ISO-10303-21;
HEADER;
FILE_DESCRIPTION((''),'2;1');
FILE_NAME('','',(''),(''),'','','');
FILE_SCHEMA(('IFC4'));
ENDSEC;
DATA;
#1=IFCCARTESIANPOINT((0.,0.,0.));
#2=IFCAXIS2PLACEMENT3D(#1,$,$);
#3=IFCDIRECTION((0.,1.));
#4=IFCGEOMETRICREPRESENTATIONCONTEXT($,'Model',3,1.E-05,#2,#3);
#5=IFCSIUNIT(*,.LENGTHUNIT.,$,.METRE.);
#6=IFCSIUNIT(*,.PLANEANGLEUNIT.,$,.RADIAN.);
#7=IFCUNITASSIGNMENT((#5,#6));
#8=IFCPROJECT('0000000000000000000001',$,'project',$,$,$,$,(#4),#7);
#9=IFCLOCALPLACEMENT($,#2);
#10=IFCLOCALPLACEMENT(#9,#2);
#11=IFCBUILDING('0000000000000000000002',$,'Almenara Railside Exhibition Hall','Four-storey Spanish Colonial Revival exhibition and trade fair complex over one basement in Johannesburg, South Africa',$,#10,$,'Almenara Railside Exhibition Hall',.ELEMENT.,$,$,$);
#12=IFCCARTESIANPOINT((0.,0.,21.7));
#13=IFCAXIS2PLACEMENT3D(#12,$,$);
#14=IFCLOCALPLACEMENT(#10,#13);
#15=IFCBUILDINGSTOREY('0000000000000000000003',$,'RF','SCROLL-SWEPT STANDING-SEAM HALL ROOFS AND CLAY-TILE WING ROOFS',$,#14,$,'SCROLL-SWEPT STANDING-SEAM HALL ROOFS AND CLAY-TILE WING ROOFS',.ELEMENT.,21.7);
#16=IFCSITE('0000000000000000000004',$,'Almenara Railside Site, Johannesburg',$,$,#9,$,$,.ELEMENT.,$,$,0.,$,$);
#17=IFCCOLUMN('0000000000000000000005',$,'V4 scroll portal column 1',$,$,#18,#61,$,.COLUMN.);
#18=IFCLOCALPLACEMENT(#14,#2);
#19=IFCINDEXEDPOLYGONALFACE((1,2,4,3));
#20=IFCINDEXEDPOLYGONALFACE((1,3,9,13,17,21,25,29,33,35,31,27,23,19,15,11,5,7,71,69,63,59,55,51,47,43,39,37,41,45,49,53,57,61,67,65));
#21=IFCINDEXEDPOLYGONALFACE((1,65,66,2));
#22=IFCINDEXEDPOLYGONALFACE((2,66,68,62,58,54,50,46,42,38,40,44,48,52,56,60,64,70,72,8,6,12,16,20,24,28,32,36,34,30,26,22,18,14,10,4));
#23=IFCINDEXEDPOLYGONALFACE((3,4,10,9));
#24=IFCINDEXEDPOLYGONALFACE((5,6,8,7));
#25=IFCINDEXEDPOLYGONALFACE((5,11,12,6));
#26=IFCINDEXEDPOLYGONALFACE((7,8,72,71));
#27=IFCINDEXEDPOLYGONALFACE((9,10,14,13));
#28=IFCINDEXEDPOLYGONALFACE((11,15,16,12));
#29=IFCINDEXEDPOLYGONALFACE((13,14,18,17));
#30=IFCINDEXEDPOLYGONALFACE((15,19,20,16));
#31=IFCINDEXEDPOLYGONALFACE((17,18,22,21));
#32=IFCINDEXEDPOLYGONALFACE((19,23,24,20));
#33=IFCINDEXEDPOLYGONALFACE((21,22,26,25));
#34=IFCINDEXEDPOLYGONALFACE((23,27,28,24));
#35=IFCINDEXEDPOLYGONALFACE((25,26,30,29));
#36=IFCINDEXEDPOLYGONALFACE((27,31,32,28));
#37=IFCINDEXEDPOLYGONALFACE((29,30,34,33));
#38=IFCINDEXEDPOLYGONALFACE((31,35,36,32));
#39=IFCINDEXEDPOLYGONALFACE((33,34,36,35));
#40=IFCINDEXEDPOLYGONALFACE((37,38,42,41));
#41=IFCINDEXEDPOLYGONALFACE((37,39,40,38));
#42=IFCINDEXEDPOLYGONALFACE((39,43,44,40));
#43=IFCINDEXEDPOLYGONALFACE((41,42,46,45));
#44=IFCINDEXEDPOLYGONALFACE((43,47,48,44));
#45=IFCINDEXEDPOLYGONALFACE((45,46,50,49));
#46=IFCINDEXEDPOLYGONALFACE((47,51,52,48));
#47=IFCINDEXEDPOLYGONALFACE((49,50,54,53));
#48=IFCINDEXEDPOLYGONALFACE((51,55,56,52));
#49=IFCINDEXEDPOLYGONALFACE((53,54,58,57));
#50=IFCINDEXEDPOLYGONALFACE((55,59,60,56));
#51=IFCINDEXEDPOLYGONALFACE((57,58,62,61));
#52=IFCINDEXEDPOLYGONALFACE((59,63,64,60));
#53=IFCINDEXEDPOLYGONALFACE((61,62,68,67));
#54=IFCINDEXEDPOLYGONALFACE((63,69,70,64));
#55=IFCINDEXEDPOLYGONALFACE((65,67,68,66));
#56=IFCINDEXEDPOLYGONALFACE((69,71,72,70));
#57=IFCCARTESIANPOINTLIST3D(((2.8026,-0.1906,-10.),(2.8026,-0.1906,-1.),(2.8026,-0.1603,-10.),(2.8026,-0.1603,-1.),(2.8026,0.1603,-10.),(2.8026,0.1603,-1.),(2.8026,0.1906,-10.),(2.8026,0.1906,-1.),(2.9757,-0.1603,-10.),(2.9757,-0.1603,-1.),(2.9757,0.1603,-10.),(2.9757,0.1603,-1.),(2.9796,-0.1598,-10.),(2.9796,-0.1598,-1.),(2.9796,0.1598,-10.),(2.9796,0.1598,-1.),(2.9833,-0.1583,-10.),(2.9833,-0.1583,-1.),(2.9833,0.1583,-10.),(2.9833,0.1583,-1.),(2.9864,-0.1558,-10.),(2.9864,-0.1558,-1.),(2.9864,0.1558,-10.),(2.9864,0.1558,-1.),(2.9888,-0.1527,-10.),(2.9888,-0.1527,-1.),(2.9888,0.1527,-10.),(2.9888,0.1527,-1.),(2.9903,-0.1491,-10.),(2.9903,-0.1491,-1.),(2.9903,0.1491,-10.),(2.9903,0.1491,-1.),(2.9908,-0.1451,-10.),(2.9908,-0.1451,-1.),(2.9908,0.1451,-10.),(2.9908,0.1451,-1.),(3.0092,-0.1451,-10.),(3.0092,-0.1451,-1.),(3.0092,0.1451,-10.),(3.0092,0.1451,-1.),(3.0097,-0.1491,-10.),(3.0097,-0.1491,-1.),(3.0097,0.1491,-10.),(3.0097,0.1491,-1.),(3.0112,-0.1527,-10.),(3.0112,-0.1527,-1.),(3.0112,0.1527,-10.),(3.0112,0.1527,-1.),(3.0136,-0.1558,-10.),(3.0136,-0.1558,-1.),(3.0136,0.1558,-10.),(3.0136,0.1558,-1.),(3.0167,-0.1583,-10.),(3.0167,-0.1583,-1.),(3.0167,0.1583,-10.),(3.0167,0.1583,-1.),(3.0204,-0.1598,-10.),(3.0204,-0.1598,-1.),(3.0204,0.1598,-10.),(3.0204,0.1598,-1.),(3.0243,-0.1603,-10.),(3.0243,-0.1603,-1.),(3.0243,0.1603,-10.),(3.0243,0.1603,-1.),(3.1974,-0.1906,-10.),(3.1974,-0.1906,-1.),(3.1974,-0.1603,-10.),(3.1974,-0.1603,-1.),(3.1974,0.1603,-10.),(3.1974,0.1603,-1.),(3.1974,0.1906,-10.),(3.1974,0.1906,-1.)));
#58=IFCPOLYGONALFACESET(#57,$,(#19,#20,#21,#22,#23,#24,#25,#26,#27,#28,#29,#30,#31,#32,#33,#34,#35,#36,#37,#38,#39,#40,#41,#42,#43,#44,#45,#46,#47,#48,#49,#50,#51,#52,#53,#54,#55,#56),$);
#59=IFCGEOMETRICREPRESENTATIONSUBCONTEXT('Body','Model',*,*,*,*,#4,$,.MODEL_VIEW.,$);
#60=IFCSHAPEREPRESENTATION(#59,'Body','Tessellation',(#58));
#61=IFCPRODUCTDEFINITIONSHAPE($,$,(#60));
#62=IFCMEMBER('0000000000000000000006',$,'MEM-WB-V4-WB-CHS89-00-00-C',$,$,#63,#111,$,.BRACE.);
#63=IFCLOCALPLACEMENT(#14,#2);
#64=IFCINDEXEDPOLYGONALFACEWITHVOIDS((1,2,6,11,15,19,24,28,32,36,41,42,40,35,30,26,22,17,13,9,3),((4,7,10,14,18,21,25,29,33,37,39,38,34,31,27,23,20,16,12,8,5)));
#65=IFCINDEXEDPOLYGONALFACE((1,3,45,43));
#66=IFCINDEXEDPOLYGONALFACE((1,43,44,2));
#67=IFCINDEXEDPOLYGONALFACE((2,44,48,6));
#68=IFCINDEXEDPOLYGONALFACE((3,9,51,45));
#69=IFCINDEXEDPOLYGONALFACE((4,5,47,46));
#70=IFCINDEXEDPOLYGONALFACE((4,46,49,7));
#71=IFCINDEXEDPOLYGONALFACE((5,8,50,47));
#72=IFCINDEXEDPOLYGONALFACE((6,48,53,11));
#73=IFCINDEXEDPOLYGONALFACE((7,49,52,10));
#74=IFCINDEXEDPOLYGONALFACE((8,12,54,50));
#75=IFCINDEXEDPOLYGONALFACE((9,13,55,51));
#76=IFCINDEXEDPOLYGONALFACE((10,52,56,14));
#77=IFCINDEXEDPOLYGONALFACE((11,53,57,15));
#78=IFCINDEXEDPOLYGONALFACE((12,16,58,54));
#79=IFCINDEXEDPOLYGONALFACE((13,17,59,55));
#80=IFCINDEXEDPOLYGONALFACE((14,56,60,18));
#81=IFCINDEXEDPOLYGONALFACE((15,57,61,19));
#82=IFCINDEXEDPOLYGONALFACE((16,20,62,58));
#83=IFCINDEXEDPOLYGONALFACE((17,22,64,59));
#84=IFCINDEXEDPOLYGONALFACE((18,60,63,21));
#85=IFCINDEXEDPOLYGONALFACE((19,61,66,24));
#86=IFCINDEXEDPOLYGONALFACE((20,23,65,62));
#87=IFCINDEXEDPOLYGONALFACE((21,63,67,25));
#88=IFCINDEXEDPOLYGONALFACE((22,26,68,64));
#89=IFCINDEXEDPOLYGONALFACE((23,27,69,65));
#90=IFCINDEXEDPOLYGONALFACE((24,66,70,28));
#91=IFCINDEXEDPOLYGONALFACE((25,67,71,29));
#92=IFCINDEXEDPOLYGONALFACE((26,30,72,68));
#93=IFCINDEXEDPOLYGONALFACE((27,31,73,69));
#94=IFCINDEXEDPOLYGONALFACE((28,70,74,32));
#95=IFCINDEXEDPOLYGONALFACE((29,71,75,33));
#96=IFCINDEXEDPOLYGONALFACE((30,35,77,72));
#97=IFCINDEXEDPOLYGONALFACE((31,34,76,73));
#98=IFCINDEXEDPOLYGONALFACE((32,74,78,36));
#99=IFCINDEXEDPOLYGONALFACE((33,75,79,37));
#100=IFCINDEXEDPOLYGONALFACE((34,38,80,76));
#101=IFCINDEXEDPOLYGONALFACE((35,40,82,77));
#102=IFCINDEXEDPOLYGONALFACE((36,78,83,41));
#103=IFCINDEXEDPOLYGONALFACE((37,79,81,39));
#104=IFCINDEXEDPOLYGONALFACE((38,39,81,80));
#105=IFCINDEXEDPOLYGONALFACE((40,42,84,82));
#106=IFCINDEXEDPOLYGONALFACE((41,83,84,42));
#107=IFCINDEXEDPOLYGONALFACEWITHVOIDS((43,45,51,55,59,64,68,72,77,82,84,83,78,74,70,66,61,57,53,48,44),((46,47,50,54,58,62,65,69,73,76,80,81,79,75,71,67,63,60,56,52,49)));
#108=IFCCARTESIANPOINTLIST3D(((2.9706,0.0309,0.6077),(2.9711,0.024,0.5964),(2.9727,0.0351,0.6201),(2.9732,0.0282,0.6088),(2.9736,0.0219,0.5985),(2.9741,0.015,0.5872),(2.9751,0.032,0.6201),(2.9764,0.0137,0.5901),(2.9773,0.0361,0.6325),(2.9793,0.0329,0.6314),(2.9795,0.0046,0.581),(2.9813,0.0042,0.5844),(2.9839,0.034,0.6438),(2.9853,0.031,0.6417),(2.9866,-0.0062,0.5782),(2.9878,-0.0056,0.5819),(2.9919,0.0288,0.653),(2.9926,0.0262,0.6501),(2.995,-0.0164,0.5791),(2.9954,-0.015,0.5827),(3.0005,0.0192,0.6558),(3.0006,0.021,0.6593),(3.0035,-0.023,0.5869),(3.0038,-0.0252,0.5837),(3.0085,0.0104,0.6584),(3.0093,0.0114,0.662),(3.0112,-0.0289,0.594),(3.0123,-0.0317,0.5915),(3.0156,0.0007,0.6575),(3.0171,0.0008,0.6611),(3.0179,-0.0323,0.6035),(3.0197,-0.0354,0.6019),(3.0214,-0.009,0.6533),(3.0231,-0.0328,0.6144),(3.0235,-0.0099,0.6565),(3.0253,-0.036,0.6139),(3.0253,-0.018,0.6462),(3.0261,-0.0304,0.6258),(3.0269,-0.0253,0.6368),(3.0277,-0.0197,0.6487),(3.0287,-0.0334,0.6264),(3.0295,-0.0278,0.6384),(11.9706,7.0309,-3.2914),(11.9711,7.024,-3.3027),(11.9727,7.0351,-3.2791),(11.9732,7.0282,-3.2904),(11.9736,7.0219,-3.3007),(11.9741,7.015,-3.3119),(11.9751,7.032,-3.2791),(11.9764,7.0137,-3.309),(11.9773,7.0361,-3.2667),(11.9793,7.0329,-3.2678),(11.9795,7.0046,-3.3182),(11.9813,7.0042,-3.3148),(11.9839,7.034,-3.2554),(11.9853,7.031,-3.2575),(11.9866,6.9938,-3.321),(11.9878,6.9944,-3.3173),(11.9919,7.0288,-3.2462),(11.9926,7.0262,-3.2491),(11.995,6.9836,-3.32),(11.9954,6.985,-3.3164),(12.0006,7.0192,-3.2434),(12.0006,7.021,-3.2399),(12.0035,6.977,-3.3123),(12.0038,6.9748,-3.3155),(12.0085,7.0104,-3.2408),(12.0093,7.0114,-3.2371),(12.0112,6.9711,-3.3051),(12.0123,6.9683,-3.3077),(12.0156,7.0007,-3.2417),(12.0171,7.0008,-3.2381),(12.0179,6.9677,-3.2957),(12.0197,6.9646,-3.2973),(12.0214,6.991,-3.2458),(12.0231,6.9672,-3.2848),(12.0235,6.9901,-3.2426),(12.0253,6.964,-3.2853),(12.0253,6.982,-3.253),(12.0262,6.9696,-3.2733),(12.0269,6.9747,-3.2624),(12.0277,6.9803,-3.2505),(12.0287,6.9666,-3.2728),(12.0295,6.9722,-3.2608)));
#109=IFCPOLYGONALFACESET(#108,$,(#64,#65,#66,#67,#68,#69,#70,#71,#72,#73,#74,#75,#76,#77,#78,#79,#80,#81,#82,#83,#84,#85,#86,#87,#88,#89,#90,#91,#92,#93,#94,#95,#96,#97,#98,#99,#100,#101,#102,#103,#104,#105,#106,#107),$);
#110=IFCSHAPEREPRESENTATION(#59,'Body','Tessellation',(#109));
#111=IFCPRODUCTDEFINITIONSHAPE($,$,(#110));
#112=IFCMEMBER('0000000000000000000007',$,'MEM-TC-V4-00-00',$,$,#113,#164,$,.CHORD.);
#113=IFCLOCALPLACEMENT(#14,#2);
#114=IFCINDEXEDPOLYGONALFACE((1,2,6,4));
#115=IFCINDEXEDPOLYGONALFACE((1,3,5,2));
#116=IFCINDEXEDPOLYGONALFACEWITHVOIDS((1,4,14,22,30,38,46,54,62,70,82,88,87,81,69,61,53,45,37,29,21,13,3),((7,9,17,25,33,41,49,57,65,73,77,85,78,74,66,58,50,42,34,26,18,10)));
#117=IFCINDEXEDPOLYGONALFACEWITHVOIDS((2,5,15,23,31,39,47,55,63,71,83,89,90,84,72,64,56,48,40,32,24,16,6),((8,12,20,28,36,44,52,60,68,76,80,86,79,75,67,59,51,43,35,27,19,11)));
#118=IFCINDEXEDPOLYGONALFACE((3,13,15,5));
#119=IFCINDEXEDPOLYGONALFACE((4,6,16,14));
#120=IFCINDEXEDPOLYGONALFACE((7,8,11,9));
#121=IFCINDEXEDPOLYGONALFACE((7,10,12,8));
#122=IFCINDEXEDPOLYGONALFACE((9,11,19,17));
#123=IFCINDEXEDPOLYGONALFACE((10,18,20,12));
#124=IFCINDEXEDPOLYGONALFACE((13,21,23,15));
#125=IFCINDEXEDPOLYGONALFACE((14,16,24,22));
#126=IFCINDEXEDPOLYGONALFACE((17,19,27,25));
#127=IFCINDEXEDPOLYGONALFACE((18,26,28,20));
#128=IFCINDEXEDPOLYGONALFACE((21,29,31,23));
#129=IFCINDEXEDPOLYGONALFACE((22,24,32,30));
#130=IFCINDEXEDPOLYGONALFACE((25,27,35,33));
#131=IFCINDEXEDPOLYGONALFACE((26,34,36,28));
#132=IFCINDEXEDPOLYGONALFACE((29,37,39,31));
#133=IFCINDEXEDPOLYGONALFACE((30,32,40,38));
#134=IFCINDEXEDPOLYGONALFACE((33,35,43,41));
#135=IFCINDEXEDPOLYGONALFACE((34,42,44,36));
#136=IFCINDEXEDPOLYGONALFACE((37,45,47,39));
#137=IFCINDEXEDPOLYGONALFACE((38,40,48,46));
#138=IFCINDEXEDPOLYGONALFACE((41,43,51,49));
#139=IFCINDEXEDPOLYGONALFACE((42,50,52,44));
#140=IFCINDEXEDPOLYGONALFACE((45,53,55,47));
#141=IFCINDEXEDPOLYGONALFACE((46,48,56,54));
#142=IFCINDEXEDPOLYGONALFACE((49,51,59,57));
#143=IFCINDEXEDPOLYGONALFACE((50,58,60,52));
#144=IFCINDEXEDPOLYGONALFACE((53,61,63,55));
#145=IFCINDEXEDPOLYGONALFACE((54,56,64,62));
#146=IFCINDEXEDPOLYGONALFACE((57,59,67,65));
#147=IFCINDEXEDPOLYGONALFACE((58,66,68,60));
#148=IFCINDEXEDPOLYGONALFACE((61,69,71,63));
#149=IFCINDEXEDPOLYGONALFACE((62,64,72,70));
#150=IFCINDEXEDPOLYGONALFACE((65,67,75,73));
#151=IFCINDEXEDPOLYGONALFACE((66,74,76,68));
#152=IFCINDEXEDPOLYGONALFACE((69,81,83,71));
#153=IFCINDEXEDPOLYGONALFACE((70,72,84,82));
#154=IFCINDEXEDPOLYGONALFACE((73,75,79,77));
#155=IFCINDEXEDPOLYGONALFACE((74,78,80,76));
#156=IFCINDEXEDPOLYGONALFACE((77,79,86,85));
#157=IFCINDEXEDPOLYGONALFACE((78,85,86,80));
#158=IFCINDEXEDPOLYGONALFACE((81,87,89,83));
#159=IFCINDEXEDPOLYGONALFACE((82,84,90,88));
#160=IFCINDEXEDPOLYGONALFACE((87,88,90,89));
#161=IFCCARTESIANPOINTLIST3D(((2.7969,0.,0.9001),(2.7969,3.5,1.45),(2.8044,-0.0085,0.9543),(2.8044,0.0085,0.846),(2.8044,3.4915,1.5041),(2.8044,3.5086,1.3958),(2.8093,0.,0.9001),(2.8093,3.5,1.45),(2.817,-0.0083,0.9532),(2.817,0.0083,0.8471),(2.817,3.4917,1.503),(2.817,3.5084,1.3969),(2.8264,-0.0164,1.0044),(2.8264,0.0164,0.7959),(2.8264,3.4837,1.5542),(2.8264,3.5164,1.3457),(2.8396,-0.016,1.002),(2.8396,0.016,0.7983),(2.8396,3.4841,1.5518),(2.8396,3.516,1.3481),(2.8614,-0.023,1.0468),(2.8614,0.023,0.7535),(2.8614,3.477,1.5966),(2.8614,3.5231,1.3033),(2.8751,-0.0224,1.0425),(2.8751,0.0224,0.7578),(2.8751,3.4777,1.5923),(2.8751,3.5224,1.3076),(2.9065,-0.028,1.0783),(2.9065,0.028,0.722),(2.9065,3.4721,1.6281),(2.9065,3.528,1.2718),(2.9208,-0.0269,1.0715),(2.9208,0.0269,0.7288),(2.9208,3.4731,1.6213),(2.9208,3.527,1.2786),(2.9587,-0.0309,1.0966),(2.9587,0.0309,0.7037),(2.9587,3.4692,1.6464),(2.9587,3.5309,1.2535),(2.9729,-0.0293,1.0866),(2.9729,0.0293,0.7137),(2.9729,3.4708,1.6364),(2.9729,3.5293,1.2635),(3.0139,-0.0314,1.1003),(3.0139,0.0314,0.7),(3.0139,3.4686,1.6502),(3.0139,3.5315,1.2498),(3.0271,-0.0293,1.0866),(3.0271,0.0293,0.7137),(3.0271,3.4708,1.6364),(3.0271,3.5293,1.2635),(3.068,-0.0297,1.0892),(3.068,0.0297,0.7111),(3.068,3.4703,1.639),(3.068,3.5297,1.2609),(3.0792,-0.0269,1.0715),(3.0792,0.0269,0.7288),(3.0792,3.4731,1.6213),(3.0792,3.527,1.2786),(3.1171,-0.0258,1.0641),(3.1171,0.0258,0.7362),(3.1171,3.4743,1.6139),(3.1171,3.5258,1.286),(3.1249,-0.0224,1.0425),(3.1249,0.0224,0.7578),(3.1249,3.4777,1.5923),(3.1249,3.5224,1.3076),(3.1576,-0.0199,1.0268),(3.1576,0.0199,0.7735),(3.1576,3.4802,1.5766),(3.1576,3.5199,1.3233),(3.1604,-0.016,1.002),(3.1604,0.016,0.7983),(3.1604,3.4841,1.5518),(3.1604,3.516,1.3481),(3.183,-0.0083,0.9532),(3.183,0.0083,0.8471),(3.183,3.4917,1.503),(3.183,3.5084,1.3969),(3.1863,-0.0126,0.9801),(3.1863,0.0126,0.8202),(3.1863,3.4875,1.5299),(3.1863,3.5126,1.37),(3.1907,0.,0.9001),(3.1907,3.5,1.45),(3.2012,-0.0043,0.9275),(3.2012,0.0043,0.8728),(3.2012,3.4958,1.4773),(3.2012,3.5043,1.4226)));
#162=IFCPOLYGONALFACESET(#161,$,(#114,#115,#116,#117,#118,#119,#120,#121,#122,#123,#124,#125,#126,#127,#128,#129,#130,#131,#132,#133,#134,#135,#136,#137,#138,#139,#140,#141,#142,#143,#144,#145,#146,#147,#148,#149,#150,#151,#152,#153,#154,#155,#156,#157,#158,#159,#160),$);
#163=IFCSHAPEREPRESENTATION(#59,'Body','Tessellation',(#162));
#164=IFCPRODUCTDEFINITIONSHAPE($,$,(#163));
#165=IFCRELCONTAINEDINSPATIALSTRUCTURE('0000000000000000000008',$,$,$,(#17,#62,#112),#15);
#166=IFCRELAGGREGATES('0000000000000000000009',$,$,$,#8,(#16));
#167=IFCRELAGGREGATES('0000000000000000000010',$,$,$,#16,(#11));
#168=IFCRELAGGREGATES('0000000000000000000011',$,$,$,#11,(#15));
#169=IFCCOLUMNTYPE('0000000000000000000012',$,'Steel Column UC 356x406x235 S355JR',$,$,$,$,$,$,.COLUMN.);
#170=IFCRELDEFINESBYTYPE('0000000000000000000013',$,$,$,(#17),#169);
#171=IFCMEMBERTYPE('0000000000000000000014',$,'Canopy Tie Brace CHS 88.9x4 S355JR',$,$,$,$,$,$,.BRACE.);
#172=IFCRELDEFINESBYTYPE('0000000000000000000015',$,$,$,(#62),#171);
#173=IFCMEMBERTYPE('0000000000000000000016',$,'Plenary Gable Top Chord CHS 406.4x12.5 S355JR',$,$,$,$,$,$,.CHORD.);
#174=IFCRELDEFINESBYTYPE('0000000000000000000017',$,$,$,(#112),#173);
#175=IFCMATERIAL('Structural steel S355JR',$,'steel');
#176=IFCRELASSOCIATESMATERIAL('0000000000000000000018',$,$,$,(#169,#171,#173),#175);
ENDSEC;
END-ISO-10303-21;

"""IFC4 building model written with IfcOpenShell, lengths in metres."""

from ifc_helpers import new_model, si_unit, direction, frame, origin, origin_2d, place, context, subcontext, project, spatial, hollow_circle, i_section, extrude, material, material_profile, profile_set, type_object, element, save


model = new_model("IFC4")

# Units and contexts
model_context = context("Model", 3, precision=1e-05, world=origin(), true_north=direction((0.0, 1.0)))
body_context = subcontext(model_context, "Body", "Model", "MODEL_VIEW")
ifc_project = project(units=[si_unit("LENGTHUNIT", "METRE"), si_unit("PLANEANGLEUNIT", "RADIAN")], contexts=[model_context])

# Site, building, storey
site_placement = place(None, origin())
site = spatial("IfcSite", under=ifc_project, at=site_placement, Name="Almenara Railside Site, Johannesburg", CompositionType="ELEMENT", RefElevation=0.0)
building_placement = place(site_placement, origin())
building = spatial("IfcBuilding", under=site, at=building_placement, Name="Almenara Railside Exhibition Hall", Description="Four-storey Spanish Colonial Revival exhibition and trade fair complex over one basement in Johannesburg, South Africa", LongName="Almenara Railside Exhibition Hall", CompositionType="ELEMENT")
storey_placement = place(building_placement, frame((0.0, 0.0, 21.7)))
storey = spatial("IfcBuildingStorey", under=building, at=storey_placement, Name="RF", Description="SCROLL-SWEPT STANDING-SEAM HALL ROOFS AND CLAY-TILE WING ROOFS", LongName="SCROLL-SWEPT STANDING-SEAM HALL ROOFS AND CLAY-TILE WING ROOFS", CompositionType="ELEMENT", Elevation=21.7)

# Column
ifc_material_1 = material(Name="Structural steel S355JR", Category="steel")
ifc_material_profile_1 = material_profile(ifc_material_1, i_section(OverallWidth=0.3948, OverallDepth=0.3811, WebThickness=0.0183, FlangeThickness=0.0303, FilletRadius=0.0151, at=origin_2d()), Name="UC 356x406x235")
ifc_profile_set_1 = profile_set([ifc_material_profile_1], Name="Structural steel S355JR")
column_type = type_object("IfcColumnType", Name="Steel Column UC 356x406x235 S355JR", PredefinedType="COLUMN", material=ifc_profile_set_1)
column_placement = place(storey_placement, frame((3.0, 0.0, -10.0), z_axis=(0.0, 0.0, 1.0), x_axis=(1.0, 0.0, 0.0)))
element("IfcColumn", 1, at=column_placement, inside=storey, type_object=column_type, Name="V4 scroll portal column 1", PredefinedType="COLUMN", context=body_context, shape_type="SweptSolid", body=[
    extrude(i_section(OverallWidth=0.3948, OverallDepth=0.3811, WebThickness=0.0183, FlangeThickness=0.0303, FilletRadius=0.0151, at=origin_2d()), origin(), (0.0, 0.0, 1.0), 9.0),
])

# Members
ifc_material_profile_2 = material_profile(ifc_material_1, hollow_circle(Radius=0.0444, WallThickness=0.0039, at=origin_2d()), Name="CHS 88.9x4")
ifc_profile_set_2 = profile_set([ifc_material_profile_2], Name="Structural steel S355JR")
member_type_1 = type_object("IfcMemberType", Name="Canopy Tie Brace CHS 88.9x4 S355JR", PredefinedType="BRACE", material=ifc_profile_set_2)
member_1_placement = place(storey_placement, frame((3.0, 0.0, 0.6201), z_axis=(0.746885, 0.580911, -0.323581), x_axis=(-0.613941, 0.789352, 0.0)))
element("IfcMember", 2, at=member_1_placement, inside=storey, type_object=member_type_1, Name="MEM-WB-V4-WB-CHS89-00-00-C", PredefinedType="BRACE", context=body_context, shape_type="SweptSolid", body=[
    extrude(hollow_circle(Radius=0.0444, WallThickness=0.0039, at=origin_2d()), origin(), (0.0, 0.0, 1.0), 12.05),
])
ifc_material_profile_3 = material_profile(ifc_material_1, hollow_circle(Radius=0.2031, WallThickness=0.0125, at=origin_2d()), Name="CHS 406.4x12.5")
ifc_profile_set_3 = profile_set([ifc_material_profile_3], Name="Structural steel S355JR")
member_type_2 = type_object("IfcMemberType", Name="Plenary Gable Top Chord CHS 406.4x12.5 S355JR", PredefinedType="CHORD", material=ifc_profile_set_3)
member_2_placement = place(storey_placement, frame((3.0, 0.0, 0.9001), z_axis=(0.0, 0.987886, 0.155184), x_axis=(-1.0, 0.0, 0.0)))
element("IfcMember", 3, at=member_2_placement, inside=storey, type_object=member_type_2, Name="MEM-TC-V4-00-00", PredefinedType="CHORD", context=body_context, shape_type="SweptSolid", body=[
    extrude(hollow_circle(Radius=0.2031, WallThickness=0.0125, at=origin_2d()), origin(), (0.0, 0.0, 1.0), 3.543),
])

save(model, "model.ifc")
